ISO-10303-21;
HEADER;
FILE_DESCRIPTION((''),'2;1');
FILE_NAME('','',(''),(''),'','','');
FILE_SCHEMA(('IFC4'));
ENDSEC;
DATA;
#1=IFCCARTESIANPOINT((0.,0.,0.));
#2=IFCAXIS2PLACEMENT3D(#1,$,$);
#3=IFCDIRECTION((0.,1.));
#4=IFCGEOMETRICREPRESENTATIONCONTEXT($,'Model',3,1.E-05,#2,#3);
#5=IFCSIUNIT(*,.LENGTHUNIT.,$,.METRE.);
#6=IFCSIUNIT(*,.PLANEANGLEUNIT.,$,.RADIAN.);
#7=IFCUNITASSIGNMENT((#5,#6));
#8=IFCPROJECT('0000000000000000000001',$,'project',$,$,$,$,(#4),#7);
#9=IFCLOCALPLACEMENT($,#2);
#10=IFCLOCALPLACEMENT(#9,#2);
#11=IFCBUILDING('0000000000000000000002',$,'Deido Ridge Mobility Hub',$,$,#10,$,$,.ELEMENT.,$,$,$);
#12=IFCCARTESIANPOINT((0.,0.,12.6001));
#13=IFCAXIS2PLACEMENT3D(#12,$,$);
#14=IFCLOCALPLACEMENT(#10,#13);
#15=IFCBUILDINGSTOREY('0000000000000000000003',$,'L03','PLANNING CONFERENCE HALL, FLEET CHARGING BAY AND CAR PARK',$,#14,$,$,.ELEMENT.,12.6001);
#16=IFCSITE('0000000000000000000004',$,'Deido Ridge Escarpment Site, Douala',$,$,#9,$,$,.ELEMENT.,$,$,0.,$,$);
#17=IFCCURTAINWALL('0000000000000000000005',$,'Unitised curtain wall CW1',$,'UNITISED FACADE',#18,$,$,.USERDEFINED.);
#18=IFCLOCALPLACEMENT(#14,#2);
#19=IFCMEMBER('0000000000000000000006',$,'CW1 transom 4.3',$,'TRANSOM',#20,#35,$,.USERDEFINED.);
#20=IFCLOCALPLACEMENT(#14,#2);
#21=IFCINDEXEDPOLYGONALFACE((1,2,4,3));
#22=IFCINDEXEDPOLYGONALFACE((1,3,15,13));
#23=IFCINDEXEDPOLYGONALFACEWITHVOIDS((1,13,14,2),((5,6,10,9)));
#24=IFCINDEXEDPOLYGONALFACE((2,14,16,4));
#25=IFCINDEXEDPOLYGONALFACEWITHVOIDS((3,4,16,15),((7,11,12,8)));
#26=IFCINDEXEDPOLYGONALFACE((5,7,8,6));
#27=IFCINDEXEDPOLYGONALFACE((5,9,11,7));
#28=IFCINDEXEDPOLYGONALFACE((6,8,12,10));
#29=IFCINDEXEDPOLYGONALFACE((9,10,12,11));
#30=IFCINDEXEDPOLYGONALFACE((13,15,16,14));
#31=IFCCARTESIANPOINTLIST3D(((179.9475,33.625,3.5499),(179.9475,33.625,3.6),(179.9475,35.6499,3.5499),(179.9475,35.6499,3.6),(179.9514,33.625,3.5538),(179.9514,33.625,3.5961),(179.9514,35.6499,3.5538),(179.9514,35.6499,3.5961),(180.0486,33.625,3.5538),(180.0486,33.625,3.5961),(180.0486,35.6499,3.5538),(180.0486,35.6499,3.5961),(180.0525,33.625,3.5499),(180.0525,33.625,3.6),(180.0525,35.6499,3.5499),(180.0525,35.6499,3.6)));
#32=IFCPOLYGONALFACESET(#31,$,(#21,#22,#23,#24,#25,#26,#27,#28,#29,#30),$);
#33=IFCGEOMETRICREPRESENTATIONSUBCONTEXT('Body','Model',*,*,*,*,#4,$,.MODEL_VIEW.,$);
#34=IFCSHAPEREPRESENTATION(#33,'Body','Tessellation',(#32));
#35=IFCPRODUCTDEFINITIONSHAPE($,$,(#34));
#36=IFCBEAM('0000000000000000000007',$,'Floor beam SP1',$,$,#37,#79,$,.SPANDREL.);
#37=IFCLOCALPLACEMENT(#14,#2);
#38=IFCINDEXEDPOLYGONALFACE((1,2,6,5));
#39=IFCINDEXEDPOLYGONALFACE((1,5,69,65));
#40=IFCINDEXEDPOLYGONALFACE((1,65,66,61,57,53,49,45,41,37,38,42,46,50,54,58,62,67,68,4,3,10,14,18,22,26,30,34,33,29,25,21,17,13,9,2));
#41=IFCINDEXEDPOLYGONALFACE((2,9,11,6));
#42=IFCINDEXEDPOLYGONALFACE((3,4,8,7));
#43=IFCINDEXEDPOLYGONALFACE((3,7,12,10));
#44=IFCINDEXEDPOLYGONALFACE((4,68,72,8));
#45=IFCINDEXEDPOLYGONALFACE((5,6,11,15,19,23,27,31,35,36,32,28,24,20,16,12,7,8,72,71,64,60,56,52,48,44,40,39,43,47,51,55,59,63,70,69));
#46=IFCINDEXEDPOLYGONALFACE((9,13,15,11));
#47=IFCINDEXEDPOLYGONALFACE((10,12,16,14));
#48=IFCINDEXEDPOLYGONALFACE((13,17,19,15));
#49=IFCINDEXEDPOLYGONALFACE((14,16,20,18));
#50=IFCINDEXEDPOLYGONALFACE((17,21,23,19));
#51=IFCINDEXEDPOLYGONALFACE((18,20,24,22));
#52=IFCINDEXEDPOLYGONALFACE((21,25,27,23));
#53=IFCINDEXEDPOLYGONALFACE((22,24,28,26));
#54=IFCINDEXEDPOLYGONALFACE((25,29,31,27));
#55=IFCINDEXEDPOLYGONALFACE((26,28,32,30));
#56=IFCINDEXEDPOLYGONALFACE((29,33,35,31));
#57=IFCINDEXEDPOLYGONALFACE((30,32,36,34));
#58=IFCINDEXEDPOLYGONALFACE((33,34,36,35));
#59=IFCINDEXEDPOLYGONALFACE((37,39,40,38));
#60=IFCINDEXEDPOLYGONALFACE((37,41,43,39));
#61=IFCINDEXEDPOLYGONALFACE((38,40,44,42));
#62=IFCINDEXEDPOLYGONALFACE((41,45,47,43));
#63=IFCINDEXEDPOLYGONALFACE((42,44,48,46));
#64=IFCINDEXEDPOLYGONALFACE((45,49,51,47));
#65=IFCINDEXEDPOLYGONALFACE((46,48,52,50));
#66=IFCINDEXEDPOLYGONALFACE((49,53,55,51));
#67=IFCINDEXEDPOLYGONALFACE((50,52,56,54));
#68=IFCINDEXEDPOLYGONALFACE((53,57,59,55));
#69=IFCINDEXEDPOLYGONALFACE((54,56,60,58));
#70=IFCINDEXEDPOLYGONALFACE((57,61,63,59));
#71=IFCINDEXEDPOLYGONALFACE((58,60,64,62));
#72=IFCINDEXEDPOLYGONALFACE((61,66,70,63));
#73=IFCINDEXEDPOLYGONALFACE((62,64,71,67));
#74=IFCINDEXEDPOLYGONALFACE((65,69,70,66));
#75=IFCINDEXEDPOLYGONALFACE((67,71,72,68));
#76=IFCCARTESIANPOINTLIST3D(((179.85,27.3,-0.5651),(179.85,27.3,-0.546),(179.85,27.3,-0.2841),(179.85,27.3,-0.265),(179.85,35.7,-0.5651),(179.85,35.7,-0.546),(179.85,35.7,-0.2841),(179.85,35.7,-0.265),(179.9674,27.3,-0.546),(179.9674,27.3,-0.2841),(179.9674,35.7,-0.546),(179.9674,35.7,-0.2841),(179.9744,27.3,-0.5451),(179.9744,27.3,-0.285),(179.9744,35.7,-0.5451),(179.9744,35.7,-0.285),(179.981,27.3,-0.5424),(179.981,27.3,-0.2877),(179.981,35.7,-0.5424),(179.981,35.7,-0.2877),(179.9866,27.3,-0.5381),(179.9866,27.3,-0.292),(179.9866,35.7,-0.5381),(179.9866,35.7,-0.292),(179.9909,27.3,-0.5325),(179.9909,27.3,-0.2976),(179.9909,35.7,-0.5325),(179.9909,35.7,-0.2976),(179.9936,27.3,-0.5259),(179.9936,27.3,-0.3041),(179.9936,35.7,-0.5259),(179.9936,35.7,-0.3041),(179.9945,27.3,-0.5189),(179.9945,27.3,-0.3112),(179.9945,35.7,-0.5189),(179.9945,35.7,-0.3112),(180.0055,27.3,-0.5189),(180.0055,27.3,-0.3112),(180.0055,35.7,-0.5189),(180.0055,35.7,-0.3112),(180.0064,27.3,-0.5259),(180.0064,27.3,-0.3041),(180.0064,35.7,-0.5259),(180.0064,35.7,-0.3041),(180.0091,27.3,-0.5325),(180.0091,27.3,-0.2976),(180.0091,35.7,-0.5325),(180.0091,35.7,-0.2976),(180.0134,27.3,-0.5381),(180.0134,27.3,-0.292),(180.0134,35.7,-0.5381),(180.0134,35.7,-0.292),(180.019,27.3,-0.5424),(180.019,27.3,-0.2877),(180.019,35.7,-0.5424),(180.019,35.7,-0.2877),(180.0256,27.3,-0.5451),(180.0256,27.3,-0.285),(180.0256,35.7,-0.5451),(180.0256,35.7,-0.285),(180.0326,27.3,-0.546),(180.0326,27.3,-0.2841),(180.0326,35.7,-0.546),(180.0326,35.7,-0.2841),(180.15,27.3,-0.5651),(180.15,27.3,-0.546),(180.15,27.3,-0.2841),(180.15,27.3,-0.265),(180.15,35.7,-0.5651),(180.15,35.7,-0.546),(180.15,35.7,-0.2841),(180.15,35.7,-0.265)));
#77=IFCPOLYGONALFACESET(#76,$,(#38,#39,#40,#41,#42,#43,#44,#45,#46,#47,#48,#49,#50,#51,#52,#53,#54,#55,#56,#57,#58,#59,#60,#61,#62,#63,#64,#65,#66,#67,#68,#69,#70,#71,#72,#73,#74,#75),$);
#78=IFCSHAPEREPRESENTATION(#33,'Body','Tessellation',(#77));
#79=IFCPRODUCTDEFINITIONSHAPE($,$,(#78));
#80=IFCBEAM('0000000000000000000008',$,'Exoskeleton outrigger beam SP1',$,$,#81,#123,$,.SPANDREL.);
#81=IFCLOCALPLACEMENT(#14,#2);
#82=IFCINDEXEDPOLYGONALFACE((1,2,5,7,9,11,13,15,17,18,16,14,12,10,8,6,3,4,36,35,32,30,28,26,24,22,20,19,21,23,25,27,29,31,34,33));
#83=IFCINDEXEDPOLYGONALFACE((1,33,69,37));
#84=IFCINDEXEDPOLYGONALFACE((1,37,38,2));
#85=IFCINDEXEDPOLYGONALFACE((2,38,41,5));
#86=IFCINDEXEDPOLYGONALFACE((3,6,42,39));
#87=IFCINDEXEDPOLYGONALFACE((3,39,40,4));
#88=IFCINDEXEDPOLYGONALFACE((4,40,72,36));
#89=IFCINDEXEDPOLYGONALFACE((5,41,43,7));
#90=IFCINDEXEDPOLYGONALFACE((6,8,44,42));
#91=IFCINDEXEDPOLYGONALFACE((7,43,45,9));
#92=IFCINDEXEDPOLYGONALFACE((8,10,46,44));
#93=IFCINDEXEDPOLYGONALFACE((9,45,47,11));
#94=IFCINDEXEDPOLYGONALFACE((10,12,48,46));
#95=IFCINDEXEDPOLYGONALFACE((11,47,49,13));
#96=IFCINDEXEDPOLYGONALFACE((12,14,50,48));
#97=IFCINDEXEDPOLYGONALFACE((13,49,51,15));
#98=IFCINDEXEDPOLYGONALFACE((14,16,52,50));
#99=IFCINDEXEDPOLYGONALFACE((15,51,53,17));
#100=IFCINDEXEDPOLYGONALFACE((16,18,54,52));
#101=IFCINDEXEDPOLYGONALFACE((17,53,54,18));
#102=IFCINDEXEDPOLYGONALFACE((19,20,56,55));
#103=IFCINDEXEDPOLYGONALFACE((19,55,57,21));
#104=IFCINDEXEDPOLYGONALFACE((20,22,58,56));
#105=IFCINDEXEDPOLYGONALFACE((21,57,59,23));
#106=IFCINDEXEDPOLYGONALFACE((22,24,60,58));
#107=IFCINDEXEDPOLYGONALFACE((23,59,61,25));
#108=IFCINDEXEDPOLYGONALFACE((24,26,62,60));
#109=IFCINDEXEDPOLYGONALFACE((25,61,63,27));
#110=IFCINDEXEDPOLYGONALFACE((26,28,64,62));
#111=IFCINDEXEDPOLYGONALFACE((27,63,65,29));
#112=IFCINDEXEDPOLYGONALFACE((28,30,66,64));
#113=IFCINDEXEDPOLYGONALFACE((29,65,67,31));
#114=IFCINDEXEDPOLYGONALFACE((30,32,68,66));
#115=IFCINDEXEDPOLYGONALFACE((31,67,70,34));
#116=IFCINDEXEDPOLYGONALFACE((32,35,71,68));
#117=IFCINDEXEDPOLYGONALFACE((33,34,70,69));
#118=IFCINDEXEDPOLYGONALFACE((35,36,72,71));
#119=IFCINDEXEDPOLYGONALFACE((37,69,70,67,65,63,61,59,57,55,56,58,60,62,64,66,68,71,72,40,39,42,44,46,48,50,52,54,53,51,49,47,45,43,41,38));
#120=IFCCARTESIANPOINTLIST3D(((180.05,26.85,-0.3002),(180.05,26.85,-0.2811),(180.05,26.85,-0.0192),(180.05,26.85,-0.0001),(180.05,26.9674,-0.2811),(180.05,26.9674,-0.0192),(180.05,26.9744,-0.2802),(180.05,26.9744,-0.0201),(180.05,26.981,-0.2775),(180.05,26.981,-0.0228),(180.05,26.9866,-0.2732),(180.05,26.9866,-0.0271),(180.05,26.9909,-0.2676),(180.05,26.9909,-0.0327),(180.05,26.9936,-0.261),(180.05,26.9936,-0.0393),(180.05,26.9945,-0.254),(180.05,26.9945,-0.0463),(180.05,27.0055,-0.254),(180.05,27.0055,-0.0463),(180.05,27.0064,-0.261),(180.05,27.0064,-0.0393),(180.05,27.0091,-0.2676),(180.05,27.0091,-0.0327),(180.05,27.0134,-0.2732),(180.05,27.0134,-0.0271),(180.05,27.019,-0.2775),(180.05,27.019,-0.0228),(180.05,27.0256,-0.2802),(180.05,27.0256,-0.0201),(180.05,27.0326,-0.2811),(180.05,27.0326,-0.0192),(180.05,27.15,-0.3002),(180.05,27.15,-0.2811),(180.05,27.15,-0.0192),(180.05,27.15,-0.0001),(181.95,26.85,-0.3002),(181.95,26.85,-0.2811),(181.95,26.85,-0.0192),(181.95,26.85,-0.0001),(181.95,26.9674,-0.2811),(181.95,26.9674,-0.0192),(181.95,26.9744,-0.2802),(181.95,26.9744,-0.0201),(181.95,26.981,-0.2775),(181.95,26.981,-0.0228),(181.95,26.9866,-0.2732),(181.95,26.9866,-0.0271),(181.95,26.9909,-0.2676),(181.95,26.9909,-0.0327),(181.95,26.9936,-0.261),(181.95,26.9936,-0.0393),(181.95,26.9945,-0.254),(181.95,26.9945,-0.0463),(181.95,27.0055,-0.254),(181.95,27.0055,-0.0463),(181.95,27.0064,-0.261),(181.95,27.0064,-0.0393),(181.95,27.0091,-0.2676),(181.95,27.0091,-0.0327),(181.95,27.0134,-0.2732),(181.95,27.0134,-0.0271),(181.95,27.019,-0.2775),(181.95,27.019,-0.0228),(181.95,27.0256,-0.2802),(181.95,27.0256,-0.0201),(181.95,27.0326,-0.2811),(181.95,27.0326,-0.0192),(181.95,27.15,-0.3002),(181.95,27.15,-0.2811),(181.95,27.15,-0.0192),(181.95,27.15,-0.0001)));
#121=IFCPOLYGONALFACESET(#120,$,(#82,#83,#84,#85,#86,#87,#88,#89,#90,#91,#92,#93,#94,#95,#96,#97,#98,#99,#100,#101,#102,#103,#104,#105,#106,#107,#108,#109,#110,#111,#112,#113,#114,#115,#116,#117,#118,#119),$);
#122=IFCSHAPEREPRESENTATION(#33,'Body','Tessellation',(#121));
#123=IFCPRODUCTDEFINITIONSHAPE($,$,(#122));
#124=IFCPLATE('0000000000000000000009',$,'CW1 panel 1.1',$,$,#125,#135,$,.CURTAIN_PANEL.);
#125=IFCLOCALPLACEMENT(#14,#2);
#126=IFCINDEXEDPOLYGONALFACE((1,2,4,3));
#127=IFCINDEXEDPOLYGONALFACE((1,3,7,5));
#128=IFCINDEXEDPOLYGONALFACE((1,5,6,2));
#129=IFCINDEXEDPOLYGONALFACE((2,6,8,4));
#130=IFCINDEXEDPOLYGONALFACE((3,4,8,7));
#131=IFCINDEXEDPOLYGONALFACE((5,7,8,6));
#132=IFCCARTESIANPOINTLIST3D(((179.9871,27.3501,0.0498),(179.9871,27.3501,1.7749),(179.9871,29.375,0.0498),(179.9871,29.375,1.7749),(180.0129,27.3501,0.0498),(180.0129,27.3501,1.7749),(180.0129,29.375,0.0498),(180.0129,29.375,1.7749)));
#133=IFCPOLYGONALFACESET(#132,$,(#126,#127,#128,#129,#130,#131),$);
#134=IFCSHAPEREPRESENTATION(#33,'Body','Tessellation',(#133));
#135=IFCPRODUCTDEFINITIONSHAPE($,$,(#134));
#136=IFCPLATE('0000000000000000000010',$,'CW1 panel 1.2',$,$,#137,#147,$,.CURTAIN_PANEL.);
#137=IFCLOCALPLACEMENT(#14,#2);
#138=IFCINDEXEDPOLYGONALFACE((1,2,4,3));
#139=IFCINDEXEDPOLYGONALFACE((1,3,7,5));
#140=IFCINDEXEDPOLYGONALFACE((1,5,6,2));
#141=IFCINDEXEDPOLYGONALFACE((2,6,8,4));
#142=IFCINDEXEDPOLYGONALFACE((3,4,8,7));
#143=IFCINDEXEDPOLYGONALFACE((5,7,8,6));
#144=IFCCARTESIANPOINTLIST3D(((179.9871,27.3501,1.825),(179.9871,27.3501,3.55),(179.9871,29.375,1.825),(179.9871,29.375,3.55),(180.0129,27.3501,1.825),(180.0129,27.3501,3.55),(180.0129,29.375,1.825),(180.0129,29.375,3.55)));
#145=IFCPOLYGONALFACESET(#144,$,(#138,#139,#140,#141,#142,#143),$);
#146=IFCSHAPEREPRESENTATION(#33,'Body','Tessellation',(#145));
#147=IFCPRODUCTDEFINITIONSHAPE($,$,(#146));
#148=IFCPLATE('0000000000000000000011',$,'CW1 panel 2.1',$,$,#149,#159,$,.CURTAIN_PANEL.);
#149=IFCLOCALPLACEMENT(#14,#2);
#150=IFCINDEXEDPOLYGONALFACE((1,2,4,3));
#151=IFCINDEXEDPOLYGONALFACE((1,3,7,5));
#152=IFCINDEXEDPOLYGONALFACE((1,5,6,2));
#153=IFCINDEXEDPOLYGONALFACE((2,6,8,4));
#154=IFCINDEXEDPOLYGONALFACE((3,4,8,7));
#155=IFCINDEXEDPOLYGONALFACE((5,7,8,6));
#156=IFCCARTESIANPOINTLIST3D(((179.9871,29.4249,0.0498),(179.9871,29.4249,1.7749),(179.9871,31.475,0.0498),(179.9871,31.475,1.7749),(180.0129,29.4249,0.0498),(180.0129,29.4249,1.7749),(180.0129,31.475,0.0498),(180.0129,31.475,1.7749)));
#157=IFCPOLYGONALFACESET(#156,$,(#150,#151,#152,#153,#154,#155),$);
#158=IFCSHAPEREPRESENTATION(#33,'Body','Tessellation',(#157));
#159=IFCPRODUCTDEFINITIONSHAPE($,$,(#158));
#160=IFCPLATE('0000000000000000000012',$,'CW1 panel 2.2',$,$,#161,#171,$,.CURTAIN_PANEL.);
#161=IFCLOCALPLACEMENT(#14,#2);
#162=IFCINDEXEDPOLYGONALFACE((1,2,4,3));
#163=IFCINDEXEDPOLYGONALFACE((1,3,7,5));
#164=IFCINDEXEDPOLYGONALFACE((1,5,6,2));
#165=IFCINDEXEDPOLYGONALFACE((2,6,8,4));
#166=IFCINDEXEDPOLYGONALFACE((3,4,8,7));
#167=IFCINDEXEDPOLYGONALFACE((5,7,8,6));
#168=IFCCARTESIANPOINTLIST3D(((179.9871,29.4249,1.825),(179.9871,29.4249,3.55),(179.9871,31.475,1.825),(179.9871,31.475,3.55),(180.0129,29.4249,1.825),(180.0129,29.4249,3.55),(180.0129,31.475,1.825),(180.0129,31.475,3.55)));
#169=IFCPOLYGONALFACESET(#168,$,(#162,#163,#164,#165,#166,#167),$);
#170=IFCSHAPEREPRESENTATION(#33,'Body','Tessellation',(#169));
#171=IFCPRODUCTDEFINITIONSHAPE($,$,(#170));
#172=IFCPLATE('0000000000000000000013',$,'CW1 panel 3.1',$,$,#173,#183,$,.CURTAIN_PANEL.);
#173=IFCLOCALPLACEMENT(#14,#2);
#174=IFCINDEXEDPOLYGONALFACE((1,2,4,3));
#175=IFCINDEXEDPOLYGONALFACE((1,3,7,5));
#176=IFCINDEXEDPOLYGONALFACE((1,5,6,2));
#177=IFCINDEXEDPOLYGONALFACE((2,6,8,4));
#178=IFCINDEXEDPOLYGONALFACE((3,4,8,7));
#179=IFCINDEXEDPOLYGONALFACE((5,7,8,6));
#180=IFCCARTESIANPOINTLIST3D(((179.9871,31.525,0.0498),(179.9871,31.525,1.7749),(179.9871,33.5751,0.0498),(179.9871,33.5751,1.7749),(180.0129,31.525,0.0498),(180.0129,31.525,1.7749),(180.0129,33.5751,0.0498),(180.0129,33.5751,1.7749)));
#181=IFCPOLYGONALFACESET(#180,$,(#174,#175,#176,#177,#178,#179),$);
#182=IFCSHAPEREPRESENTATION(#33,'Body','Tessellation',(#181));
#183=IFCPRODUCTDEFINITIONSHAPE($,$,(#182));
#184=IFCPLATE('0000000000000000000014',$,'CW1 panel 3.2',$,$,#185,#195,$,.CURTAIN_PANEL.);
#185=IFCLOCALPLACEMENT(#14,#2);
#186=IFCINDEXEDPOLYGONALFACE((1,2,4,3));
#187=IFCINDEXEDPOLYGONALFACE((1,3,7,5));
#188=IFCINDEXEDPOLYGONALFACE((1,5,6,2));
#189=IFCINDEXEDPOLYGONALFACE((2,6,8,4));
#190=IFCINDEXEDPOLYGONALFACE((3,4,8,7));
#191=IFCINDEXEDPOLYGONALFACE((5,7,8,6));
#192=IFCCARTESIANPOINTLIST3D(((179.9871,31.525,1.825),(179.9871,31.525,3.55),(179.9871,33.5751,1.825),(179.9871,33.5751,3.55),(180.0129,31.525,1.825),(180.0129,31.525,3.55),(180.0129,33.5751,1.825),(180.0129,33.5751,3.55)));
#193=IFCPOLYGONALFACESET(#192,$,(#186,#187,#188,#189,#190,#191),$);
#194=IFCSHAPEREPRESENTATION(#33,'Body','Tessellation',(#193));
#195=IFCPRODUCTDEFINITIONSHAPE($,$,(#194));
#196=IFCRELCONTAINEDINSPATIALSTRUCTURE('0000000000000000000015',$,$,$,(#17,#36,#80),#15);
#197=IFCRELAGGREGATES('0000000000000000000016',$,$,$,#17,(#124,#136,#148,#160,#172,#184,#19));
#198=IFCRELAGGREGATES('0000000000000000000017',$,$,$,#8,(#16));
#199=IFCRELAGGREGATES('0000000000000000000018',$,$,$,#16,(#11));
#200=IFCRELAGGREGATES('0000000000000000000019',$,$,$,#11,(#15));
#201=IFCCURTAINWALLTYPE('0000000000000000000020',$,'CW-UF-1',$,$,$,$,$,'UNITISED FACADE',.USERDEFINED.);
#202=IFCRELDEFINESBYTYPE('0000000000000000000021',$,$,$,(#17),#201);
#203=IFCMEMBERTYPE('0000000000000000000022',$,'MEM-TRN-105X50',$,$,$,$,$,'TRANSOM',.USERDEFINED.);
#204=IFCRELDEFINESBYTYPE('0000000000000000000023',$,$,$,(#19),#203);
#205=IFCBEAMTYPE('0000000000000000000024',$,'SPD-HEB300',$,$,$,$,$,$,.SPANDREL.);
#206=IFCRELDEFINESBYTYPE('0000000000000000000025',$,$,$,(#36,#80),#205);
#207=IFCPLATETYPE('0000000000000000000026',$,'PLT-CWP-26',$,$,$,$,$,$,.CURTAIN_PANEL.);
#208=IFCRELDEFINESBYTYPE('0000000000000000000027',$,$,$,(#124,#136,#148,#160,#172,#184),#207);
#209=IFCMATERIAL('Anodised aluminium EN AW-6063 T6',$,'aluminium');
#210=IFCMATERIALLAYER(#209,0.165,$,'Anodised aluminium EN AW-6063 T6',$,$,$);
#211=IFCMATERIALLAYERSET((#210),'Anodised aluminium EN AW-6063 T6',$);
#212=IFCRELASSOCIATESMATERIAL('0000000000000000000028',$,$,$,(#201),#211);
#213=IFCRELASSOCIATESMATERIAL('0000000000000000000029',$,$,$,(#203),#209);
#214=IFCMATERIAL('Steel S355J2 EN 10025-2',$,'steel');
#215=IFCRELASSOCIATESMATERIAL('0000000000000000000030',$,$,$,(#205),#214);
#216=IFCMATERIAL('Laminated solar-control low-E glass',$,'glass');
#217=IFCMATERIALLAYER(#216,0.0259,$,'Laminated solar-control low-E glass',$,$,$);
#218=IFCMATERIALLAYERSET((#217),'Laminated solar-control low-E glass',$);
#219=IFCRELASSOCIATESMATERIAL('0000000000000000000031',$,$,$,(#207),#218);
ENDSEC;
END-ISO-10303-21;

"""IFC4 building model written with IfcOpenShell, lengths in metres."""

from ifc_helpers import new_model, si_unit, direction, frame, origin, origin_2d, place, context, subcontext, project, spatial, rectangle, hollow_rectangle, i_section, extrude, material, layer, layer_set, material_profile, profile_set, type_object, element, aggregate, save


model = new_model("IFC4")

# Units and contexts
model_context = context("Model", 3, precision=1e-05, world=origin(), true_north=direction((0.0, 1.0)))
body_context = subcontext(model_context, "Body", "Model", "MODEL_VIEW")
ifc_project = project(units=[si_unit("LENGTHUNIT", "METRE"), si_unit("PLANEANGLEUNIT", "RADIAN")], contexts=[model_context])

# Site, building, storey
site_placement = place(None, origin())
site = spatial("IfcSite", under=ifc_project, at=site_placement, Name="Deido Ridge Escarpment Site, Douala", CompositionType="ELEMENT", RefElevation=0.0)
building_placement = place(site_placement, origin())
building = spatial("IfcBuilding", under=site, at=building_placement, Name="Deido Ridge Mobility Hub", CompositionType="ELEMENT")
storey_placement = place(building_placement, frame((0.0, 0.0, 12.6001)))
storey = spatial("IfcBuildingStorey", under=building, at=storey_placement, Name="L03", Description="PLANNING CONFERENCE HALL, FLEET CHARGING BAY AND CAR PARK", CompositionType="ELEMENT", Elevation=12.6001)

# Shared definitions
ifc_material_1 = material(Name="Steel S355J2 EN 10025-2", Category="steel")

# Curtain wall
ifc_material_2 = material(Name="Anodised aluminium EN AW-6063 T6", Category="aluminium")
ifc_layer_1 = layer(ifc_material_2, 0.165, Name="Anodised aluminium EN AW-6063 T6")
ifc_layer_set_1 = layer_set([ifc_layer_1], Name="Anodised aluminium EN AW-6063 T6")
curtain_wall_type = type_object("IfcCurtainWallType", Name="CW-UF-1", ElementType="UNITISED FACADE", PredefinedType="USERDEFINED", material=ifc_layer_set_1)
curtain_wall_placement = place(storey_placement, origin())
curtain_wall = element("IfcCurtainWall", 1, at=curtain_wall_placement, inside=storey, type_object=curtain_wall_type, Name="Unitised curtain wall CW1", ObjectType="UNITISED FACADE", PredefinedType="USERDEFINED")

# Member
ifc_material_profile_1 = material_profile(ifc_material_2, hollow_rectangle(XDim=0.105, YDim=0.05, WallThickness=0.0039, at=origin_2d()), Name="RHS 105x50x4")
ifc_profile_set_1 = profile_set([ifc_material_profile_1], Name="Anodised aluminium EN AW-6063 T6")
member_type_1 = type_object("IfcMemberType", Name="MEM-TRN-105X50", ElementType="TRANSOM", PredefinedType="USERDEFINED", material=ifc_profile_set_1)
member_1_placement = place(storey_placement, frame((180.0, 33.625, 3.575), z_axis=(0.0, 1.0, 0.0), x_axis=(-1.0, 0.0, 0.0)))
member_1 = element("IfcMember", 2, at=member_1_placement, type_object=member_type_1, Name="CW1 transom 4.3", ObjectType="TRANSOM", PredefinedType="USERDEFINED", context=body_context, shape_type="SweptSolid", body=[
    extrude(hollow_rectangle(XDim=0.105, YDim=0.05, WallThickness=0.0039, at=origin_2d()), origin(), (0.0, 0.0, 1.0), 2.0249),
])

# Beams
ifc_material_profile_2 = material_profile(ifc_material_1, i_section(OverallWidth=0.3, OverallDepth=0.3, WebThickness=0.011, FlangeThickness=0.019, FilletRadius=0.0271, at=origin_2d()), Name="HEB 300")
ifc_profile_set_2 = profile_set([ifc_material_profile_2], Name="Steel S355J2 EN 10025-2")
beam_type = type_object("IfcBeamType", Name="SPD-HEB300", PredefinedType="SPANDREL", material=ifc_profile_set_2)
beam_1_placement = place(storey_placement, frame((180.0, 27.3, -0.415), z_axis=(0.0, 1.0, 0.0), x_axis=(-1.0, 0.0, 0.0)))
element("IfcBeam", 3, at=beam_1_placement, inside=storey, type_object=beam_type, Name="Floor beam SP1", PredefinedType="SPANDREL", context=body_context, shape_type="SweptSolid", body=[
    extrude(i_section(OverallWidth=0.3, OverallDepth=0.3, WebThickness=0.011, FlangeThickness=0.019, FilletRadius=0.0271, at=origin_2d()), origin(), (0.0, 0.0, 1.0), 8.3999),
])
beam_2_placement = place(storey_placement, frame((180.05, 27.0, -0.1501), z_axis=(1.0, 0.0, 0.0), x_axis=(0.0, 1.0, 0.0)))
element("IfcBeam", 4, at=beam_2_placement, inside=storey, type_object=beam_type, Name="Exoskeleton outrigger beam SP1", PredefinedType="SPANDREL", context=body_context, shape_type="SweptSolid", body=[
    extrude(i_section(OverallWidth=0.3, OverallDepth=0.3, WebThickness=0.011, FlangeThickness=0.019, FilletRadius=0.0271, at=origin_2d()), origin(), (0.0, 0.0, 1.0), 1.8999),
])

# Plates
ifc_material_3 = material(Name="Laminated solar-control low-E glass", Category="glass")
ifc_layer_2 = layer(ifc_material_3, 0.0259, Name="Laminated solar-control low-E glass")
ifc_layer_set_2 = layer_set([ifc_layer_2], Name="Laminated solar-control low-E glass")
plate_type = type_object("IfcPlateType", Name="PLT-CWP-26", PredefinedType="CURTAIN_PANEL", material=ifc_layer_set_2)
plate_1_placement = place(storey_placement, frame((180.0, 28.3625, 0.0498), z_axis=(0.0, 0.0, 1.0), x_axis=(0.0, 1.0, 0.0)))
plate_1 = element("IfcPlate", 5, at=plate_1_placement, type_object=plate_type, Name="CW1 panel 1.1", PredefinedType="CURTAIN_PANEL", context=body_context, shape_type="SweptSolid", body=[
    extrude(rectangle(XDim=2.0249, YDim=0.0259, at=origin_2d()), origin(), (0.0, 0.0, 1.0), 1.7251),
])
plate_2_placement = place(storey_placement, frame((180.0, 28.3625, 1.825), z_axis=(0.0, 0.0, 1.0), x_axis=(0.0, 1.0, 0.0)))
plate_2 = element("IfcPlate", 6, at=plate_2_placement, type_object=plate_type, Name="CW1 panel 1.2", PredefinedType="CURTAIN_PANEL", context=body_context, shape_type="SweptSolid", body=[
    extrude(rectangle(XDim=2.0249, YDim=0.0259, at=origin_2d()), origin(), (0.0, 0.0, 1.0), 1.7251),
])
plate_3_placement = place(storey_placement, frame((180.0, 30.45, 0.0498), z_axis=(0.0, 0.0, 1.0), x_axis=(0.0, 1.0, 0.0)))
plate_3 = element("IfcPlate", 7, at=plate_3_placement, type_object=plate_type, Name="CW1 panel 2.1", PredefinedType="CURTAIN_PANEL", context=body_context, shape_type="SweptSolid", body=[
    extrude(rectangle(XDim=2.05, YDim=0.0259, at=origin_2d()), origin(), (0.0, 0.0, 1.0), 1.7251),
])
plate_4_placement = place(storey_placement, frame((180.0, 30.45, 1.825), z_axis=(0.0, 0.0, 1.0), x_axis=(0.0, 1.0, 0.0)))
plate_4 = element("IfcPlate", 8, at=plate_4_placement, type_object=plate_type, Name="CW1 panel 2.2", PredefinedType="CURTAIN_PANEL", context=body_context, shape_type="SweptSolid", body=[
    extrude(rectangle(XDim=2.05, YDim=0.0259, at=origin_2d()), origin(), (0.0, 0.0, 1.0), 1.7251),
])
plate_5_placement = place(storey_placement, frame((180.0, 32.55, 0.0498), z_axis=(0.0, 0.0, 1.0), x_axis=(0.0, 1.0, 0.0)))
plate_5 = element("IfcPlate", 9, at=plate_5_placement, type_object=plate_type, Name="CW1 panel 3.1", PredefinedType="CURTAIN_PANEL", context=body_context, shape_type="SweptSolid", body=[
    extrude(rectangle(XDim=2.05, YDim=0.0259, at=origin_2d()), origin(), (0.0, 0.0, 1.0), 1.7251),
])
plate_6_placement = place(storey_placement, frame((180.0, 32.55, 1.825), z_axis=(0.0, 0.0, 1.0), x_axis=(0.0, 1.0, 0.0)))
plate_6 = element("IfcPlate", 10, at=plate_6_placement, type_object=plate_type, Name="CW1 panel 3.2", PredefinedType="CURTAIN_PANEL", context=body_context, shape_type="SweptSolid", body=[
    extrude(rectangle(XDim=2.05, YDim=0.0259, at=origin_2d()), origin(), (0.0, 0.0, 1.0), 1.7251),
])
aggregate(curtain_wall, [plate_1, plate_2, plate_3, plate_4, plate_5, plate_6, member_1])

save(model, "model.ifc")
